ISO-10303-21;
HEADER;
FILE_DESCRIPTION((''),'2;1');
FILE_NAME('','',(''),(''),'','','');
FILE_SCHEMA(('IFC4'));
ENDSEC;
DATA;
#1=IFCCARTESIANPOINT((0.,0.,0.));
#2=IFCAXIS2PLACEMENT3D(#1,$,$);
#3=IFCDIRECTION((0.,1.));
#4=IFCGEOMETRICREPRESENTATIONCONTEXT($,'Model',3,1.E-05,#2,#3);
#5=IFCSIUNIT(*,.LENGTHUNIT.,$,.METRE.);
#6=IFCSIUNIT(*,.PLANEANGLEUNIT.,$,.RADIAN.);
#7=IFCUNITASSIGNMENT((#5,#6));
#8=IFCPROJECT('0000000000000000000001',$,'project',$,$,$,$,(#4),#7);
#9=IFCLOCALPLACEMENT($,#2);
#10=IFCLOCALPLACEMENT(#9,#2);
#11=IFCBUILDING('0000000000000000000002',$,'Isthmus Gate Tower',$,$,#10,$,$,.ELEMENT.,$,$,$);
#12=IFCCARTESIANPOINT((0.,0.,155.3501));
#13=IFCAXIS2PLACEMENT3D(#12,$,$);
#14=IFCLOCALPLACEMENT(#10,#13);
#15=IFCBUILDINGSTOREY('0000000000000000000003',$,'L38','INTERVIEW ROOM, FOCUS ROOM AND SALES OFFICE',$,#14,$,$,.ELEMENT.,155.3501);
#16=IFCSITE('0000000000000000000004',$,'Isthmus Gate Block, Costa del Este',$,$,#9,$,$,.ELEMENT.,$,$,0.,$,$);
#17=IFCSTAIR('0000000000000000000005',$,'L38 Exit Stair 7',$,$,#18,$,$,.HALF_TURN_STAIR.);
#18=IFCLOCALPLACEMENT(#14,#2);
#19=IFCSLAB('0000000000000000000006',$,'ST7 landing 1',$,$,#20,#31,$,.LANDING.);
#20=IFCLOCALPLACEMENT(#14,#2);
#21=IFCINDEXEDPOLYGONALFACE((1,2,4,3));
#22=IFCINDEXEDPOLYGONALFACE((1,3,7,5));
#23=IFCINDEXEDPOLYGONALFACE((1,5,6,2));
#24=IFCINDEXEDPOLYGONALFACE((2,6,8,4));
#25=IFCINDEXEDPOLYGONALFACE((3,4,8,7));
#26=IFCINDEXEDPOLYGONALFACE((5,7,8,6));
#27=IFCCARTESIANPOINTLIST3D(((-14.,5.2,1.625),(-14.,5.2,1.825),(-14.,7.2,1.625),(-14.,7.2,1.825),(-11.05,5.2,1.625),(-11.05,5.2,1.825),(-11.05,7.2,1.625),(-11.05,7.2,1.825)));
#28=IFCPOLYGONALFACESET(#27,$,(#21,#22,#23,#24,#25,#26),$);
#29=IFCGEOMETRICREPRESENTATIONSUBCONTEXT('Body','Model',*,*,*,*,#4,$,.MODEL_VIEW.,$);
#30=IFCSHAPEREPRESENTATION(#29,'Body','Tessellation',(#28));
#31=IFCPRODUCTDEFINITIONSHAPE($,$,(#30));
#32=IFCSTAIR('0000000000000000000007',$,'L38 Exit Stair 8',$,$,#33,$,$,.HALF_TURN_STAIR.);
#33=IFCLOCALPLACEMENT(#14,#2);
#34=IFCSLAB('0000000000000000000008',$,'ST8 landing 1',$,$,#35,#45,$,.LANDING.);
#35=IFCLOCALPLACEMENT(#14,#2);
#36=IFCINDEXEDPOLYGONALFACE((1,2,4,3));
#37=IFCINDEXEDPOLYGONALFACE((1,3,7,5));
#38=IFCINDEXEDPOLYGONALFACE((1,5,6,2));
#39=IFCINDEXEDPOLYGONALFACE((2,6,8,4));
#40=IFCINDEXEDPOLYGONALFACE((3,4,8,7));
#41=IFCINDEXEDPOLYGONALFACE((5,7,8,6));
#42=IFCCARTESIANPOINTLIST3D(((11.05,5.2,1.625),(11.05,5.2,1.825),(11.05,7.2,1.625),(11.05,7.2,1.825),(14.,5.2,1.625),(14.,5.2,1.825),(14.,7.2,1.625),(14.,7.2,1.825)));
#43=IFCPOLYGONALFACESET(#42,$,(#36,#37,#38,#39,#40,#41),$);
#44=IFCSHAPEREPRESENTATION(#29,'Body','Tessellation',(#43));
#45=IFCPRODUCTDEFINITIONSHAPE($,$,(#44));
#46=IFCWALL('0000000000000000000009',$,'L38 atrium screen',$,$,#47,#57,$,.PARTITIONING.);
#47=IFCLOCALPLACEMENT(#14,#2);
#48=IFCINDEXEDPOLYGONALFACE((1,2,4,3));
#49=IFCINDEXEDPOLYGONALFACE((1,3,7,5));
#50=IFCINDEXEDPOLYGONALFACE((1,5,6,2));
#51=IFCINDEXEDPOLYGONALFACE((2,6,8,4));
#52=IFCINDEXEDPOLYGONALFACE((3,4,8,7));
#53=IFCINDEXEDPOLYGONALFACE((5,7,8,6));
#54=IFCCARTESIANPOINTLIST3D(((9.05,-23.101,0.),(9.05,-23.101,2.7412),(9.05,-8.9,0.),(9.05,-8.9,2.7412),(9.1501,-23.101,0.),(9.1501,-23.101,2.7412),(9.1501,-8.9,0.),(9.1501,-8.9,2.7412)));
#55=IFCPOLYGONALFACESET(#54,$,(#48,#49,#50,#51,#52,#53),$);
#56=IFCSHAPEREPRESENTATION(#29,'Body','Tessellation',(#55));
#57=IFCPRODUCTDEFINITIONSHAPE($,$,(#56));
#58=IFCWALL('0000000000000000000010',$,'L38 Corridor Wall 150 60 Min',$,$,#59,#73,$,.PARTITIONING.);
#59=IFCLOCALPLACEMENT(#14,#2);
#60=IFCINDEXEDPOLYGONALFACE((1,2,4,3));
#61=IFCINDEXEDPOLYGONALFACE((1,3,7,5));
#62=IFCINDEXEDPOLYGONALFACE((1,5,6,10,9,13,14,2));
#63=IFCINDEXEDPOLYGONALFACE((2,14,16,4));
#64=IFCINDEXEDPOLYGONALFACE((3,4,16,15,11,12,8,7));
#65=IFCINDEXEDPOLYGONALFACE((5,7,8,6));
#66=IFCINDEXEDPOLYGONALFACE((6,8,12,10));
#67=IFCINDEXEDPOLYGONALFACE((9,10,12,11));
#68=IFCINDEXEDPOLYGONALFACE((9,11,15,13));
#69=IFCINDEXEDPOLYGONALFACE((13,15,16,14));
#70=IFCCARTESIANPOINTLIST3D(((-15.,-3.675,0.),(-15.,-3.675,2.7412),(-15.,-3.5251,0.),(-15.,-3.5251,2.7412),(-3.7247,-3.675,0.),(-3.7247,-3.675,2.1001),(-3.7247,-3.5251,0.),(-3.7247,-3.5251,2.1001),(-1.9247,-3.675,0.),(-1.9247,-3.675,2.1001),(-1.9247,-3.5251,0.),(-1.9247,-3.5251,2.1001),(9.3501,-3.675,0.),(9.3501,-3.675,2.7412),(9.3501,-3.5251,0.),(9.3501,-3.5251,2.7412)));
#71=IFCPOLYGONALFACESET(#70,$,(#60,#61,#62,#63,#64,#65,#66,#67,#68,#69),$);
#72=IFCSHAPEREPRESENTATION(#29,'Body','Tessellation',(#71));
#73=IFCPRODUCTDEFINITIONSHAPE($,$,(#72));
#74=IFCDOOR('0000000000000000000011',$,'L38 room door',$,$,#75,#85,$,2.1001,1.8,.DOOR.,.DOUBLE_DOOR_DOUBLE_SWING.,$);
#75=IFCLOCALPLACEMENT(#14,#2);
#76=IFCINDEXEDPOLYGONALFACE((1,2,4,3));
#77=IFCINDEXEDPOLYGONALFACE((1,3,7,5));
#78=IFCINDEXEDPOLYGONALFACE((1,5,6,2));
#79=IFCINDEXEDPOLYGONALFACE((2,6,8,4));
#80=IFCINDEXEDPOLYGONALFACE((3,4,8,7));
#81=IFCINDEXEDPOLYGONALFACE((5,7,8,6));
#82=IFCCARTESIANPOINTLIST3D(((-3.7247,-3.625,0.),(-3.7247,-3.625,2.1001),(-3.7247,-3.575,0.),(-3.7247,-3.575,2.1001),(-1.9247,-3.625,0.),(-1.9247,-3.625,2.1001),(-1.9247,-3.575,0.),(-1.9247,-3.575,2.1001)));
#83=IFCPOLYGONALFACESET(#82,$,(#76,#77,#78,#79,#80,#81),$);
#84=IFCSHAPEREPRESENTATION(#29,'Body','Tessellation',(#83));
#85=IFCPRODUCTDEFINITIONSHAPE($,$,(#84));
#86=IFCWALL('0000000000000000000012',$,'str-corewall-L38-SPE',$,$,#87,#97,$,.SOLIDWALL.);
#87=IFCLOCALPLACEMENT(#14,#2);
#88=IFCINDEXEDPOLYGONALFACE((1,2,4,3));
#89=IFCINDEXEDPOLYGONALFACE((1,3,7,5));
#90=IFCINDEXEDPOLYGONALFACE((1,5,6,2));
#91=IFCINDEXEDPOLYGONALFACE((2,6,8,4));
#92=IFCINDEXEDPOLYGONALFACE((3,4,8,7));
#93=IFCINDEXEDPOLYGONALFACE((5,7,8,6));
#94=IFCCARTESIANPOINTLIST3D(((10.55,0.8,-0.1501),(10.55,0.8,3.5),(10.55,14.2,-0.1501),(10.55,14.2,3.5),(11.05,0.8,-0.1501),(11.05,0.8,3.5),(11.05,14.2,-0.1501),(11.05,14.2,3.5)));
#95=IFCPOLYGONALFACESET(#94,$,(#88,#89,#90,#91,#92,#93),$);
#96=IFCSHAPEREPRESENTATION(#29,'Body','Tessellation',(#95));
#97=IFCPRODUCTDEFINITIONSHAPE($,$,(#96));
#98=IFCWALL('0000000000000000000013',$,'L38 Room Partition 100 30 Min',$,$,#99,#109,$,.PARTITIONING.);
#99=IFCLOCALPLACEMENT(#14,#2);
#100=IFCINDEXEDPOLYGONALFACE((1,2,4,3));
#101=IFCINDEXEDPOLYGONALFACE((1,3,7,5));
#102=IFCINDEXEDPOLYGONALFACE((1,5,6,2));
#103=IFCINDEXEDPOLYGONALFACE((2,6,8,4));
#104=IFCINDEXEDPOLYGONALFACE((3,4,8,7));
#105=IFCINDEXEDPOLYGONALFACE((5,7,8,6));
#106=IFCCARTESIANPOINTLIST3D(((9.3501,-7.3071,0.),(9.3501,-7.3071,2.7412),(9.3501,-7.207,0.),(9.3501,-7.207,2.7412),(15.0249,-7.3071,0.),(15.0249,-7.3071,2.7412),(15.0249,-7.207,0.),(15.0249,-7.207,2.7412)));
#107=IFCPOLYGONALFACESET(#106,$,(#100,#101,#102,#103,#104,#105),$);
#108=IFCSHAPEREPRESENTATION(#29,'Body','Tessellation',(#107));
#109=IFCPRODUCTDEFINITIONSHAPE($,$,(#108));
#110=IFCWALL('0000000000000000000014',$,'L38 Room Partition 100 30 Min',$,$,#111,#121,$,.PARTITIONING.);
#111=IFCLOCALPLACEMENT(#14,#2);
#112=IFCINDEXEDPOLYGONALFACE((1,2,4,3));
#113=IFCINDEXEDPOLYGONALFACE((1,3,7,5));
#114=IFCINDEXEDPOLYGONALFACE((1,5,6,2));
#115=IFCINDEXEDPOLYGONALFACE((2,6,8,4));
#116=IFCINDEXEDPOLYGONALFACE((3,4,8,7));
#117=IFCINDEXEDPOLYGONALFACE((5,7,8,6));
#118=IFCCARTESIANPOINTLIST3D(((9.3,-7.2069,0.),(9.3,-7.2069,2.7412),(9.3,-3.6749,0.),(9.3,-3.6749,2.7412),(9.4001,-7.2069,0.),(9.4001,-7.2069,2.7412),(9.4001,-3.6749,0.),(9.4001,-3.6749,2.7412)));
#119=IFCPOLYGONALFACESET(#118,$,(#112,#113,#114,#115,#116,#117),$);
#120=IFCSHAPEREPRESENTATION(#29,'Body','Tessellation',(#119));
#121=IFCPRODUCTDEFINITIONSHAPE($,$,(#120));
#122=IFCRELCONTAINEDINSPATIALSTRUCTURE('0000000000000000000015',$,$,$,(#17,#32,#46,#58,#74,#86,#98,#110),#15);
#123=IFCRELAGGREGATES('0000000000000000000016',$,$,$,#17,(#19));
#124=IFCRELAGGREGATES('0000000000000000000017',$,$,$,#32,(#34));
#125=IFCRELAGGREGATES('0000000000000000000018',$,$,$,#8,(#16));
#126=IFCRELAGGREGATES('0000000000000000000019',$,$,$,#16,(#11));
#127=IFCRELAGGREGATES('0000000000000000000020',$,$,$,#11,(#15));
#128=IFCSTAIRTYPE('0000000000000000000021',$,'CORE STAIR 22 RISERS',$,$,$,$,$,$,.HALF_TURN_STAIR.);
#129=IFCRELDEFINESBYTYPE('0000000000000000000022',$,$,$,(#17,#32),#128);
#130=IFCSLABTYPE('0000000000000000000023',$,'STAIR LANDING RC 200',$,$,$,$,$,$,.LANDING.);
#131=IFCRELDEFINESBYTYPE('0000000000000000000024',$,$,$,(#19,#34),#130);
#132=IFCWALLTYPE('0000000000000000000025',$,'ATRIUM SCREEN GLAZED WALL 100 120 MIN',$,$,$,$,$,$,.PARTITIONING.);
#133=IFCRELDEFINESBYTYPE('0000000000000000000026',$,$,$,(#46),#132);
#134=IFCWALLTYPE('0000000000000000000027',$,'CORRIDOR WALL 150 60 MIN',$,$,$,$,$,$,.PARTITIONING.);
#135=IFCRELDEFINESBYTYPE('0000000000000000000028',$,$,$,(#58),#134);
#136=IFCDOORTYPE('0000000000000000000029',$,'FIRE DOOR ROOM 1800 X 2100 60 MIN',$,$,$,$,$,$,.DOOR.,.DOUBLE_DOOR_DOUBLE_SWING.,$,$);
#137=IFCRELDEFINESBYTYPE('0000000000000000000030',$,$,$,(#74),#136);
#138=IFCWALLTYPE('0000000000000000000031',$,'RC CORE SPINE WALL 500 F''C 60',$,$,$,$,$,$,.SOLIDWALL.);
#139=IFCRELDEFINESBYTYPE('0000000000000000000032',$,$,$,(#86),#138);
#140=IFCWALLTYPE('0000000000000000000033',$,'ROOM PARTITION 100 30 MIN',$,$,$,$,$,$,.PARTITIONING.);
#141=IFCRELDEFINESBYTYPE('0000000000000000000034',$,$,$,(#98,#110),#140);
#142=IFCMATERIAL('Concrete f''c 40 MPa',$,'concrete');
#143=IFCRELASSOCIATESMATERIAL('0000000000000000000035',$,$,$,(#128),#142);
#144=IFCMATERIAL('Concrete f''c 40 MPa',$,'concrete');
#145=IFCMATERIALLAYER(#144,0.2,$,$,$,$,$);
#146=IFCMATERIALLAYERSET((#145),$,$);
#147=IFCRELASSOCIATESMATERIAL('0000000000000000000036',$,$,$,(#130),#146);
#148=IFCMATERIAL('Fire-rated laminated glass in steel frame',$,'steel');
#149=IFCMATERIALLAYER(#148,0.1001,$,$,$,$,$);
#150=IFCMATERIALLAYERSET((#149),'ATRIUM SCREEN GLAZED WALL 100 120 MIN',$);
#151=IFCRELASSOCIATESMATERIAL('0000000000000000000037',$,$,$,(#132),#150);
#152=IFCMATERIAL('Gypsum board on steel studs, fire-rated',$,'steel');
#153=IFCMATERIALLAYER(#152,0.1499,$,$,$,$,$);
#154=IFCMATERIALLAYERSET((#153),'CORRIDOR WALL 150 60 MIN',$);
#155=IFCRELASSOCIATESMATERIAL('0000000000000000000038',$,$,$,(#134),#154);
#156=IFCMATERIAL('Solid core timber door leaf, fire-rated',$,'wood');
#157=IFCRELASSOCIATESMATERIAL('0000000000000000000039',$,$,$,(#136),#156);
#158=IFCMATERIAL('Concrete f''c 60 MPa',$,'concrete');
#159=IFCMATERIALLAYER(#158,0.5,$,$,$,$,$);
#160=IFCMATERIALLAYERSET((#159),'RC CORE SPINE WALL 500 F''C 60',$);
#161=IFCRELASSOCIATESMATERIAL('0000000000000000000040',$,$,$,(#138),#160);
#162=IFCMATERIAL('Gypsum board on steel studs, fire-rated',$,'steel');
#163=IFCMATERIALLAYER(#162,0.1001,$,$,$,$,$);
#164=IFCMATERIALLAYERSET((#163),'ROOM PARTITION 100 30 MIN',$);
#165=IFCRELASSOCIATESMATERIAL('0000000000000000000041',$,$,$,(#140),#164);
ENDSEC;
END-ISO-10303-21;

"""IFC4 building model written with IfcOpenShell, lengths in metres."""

from ifc_helpers import new_model, si_unit, direction, frame, frame_2d, origin, place, context, subcontext, project, spatial, polyline, rectangle, outline, extrude, material, layer, layer_set, type_object, element, fill, aggregate, save


model = new_model("IFC4")

# Units and contexts
model_context = context("Model", 3, precision=1e-05, world=origin(), true_north=direction((0.0, 1.0)))
body_context = subcontext(model_context, "Body", "Model", "MODEL_VIEW")
ifc_project = project(units=[si_unit("LENGTHUNIT", "METRE"), si_unit("PLANEANGLEUNIT", "RADIAN")], contexts=[model_context])

# Site, building, storey
site_placement = place(None, origin())
site = spatial("IfcSite", under=ifc_project, at=site_placement, Name="Isthmus Gate Block, Costa del Este", CompositionType="ELEMENT", RefElevation=0.0)
building_placement = place(site_placement, origin())
building = spatial("IfcBuilding", under=site, at=building_placement, Name="Isthmus Gate Tower", CompositionType="ELEMENT")
storey_placement = place(building_placement, frame((0.0, 0.0, 155.3501)))
storey = spatial("IfcBuildingStorey", under=building, at=storey_placement, Name="L38", Description="INTERVIEW ROOM, FOCUS ROOM AND SALES OFFICE", CompositionType="ELEMENT", Elevation=155.3501)

# Stairs, slabs
ifc_material_1 = material(Name="Concrete f'c 40 MPa", Category="concrete")
stair_type = type_object("IfcStairType", Name="CORE STAIR 22 RISERS", PredefinedType="HALF_TURN_STAIR", material=ifc_material_1)
ifc_material_2 = material(Name="Concrete f'c 40 MPa", Category="concrete")
ifc_layer_1 = layer(ifc_material_2, 0.2)
ifc_layer_set_1 = layer_set([ifc_layer_1])
slab_type_1 = type_object("IfcSlabType", Name="STAIR LANDING RC 200", PredefinedType="LANDING", material=ifc_layer_set_1)
stair_1_placement = place(storey_placement, origin())
stair_1 = element("IfcStair", 1, at=stair_1_placement, inside=storey, type_object=stair_type, Name="L38 Exit Stair 7", PredefinedType="HALF_TURN_STAIR")
slab_1_placement = place(storey_placement, frame((0.0, 0.0, 1.625)))
slab_1 = element("IfcSlab", 2, at=slab_1_placement, type_object=slab_type_1, Name="ST7 landing 1", PredefinedType="LANDING", context=body_context, shape_type="SweptSolid", body=[
    extrude(outline(polyline([(-11.05, 5.2), (-11.05, 7.2), (-14.0, 7.2), (-14.0, 5.2), (-11.05, 5.2)])), origin(), (0.0, 0.0, 1.0), 0.2),
])
aggregate(stair_1, [slab_1])
stair_2_placement = place(storey_placement, origin())
stair_2 = element("IfcStair", 3, at=stair_2_placement, inside=storey, type_object=stair_type, Name="L38 Exit Stair 8", PredefinedType="HALF_TURN_STAIR")
slab_2_placement = place(storey_placement, frame((0.0, 0.0, 1.625)))
slab_2 = element("IfcSlab", 4, at=slab_2_placement, type_object=slab_type_1, Name="ST8 landing 1", PredefinedType="LANDING", context=body_context, shape_type="SweptSolid", body=[
    extrude(outline(polyline([(14.0, 5.2), (14.0, 7.2), (11.05, 7.2), (11.05, 5.2), (14.0, 5.2)])), origin(), (0.0, 0.0, 1.0), 0.2),
])
aggregate(stair_2, [slab_2])

# Wall
ifc_material_3 = material(Name="Fire-rated laminated glass in steel frame", Category="steel")
ifc_layer_2 = layer(ifc_material_3, 0.1001)
ifc_layer_set_2 = layer_set([ifc_layer_2], Name="ATRIUM SCREEN GLAZED WALL 100 120 MIN")
wall_type_1 = type_object("IfcWallType", Name="ATRIUM SCREEN GLAZED WALL 100 120 MIN", PredefinedType="PARTITIONING", material=ifc_layer_set_2)
wall_1_placement = place(storey_placement, frame((9.1001, -8.8999, 0.0), z_axis=(0.0, 0.0, 1.0), x_axis=(0.0, -1.0, 0.0)))
element("IfcWall", 5, at=wall_1_placement, inside=storey, type_object=wall_type_1, Name="L38 atrium screen", PredefinedType="PARTITIONING", context=body_context, shape_type="SweptSolid", body=[
    extrude(rectangle(XDim=14.2009, YDim=0.1001, at=frame_2d((7.1006, 0.0))), origin(), (0.0, 0.0, 1.0), 2.7412),
])

# Wall, opening, door
ifc_material_4 = material(Name="Gypsum board on steel studs, fire-rated", Category="steel")
ifc_layer_3 = layer(ifc_material_4, 0.1499)
ifc_layer_set_3 = layer_set([ifc_layer_3], Name="CORRIDOR WALL 150 60 MIN")
wall_type_2 = type_object("IfcWallType", Name="CORRIDOR WALL 150 60 MIN", PredefinedType="PARTITIONING", material=ifc_layer_set_3)
wall_2_placement = place(storey_placement, frame((9.3501, -3.6001, 0.0), z_axis=(0.0, 0.0, 1.0), x_axis=(-1.0, 0.0, 0.0)))
wall_2 = element("IfcWall", 6, at=wall_2_placement, inside=storey, type_object=wall_type_2, Name="L38 Corridor Wall 150 60 Min", PredefinedType="PARTITIONING", context=body_context, shape_type="SweptSolid", body=[
    extrude(rectangle(XDim=24.3501, YDim=0.1499, at=frame_2d((12.175, 0.0))), origin(), (0.0, 0.0, 1.0), 2.7412),
])
opening_placement = place(wall_2_placement, frame((11.2749, 0.0, 0.0)))
opening = element("IfcOpeningElement", 7, at=opening_placement, cuts=wall_2, PredefinedType="OPENING", context=body_context, shape_type="SweptSolid", body=[
    extrude(rectangle(XDim=1.8, YDim=2.1001, at=frame_2d((0.8999, 1.05))), frame((0.0, 0.085, 0.0), z_axis=(0.0, -1.0, 0.0), x_axis=(1.0, 0.0, 0.0)), (0.0, 0.0, 1.0), 0.1699),
])
ifc_material_5 = material(Name="Solid core timber door leaf, fire-rated", Category="wood")
door_type = type_object("IfcDoorType", Name="FIRE DOOR ROOM 1800 X 2100 60 MIN", OperationType="DOUBLE_DOOR_DOUBLE_SWING", PredefinedType="DOOR", material=ifc_material_5)
door_placement = place(opening_placement, origin())
door = element("IfcDoor", 8, at=door_placement, inside=storey, type_object=door_type, Name="L38 room door", OperationType="DOUBLE_DOOR_DOUBLE_SWING", OverallHeight=2.1001, OverallWidth=1.8, PredefinedType="DOOR", context=body_context, shape_type="SweptSolid", body=[
    extrude(rectangle(XDim=1.8, YDim=2.1001, at=frame_2d((0.8999, 1.05))), frame((0.0, 0.0249, 0.0), z_axis=(0.0, -1.0, 0.0), x_axis=(1.0, 0.0, 0.0)), (0.0, 0.0, 1.0), 0.05),
])
fill(opening, door)

# Walls
ifc_material_6 = material(Name="Concrete f'c 60 MPa", Category="concrete")
ifc_layer_4 = layer(ifc_material_6, 0.5)
ifc_layer_set_4 = layer_set([ifc_layer_4], Name="RC CORE SPINE WALL 500 F'C 60")
wall_type_3 = type_object("IfcWallType", Name="RC CORE SPINE WALL 500 F'C 60", PredefinedType="SOLIDWALL", material=ifc_layer_set_4)
wall_3_placement = place(storey_placement, frame((10.8, 0.8, -0.1501), z_axis=(0.0, 0.0, 1.0), x_axis=(0.0, 1.0, 0.0)))
element("IfcWall", 9, at=wall_3_placement, inside=storey, type_object=wall_type_3, Name="str-corewall-L38-SPE", PredefinedType="SOLIDWALL", context=body_context, shape_type="SweptSolid", body=[
    extrude(rectangle(XDim=13.3999, YDim=0.5, at=frame_2d((6.7, 0.0))), origin(), (0.0, 0.0, 1.0), 3.6501),
])
ifc_material_7 = material(Name="Gypsum board on steel studs, fire-rated", Category="steel")
ifc_layer_5 = layer(ifc_material_7, 0.1001)
ifc_layer_set_5 = layer_set([ifc_layer_5], Name="ROOM PARTITION 100 30 MIN")
wall_type_4 = type_object("IfcWallType", Name="ROOM PARTITION 100 30 MIN", PredefinedType="PARTITIONING", material=ifc_layer_set_5)
wall_4_placement = place(storey_placement, frame((9.3501, -7.2571, 0.0), z_axis=(0.0, 0.0, 1.0), x_axis=(1.0, 0.0, 0.0)))
element("IfcWall", 10, at=wall_4_placement, inside=storey, type_object=wall_type_4, Name="L38 Room Partition 100 30 Min", PredefinedType="PARTITIONING", context=body_context, shape_type="SweptSolid", body=[
    extrude(rectangle(XDim=5.6748, YDim=0.1001, at=frame_2d((2.8374, 0.0))), origin(), (0.0, 0.0, 1.0), 2.7412),
])
wall_5_placement = place(storey_placement, frame((9.3501, -7.207, 0.0), z_axis=(0.0, 0.0, 1.0), x_axis=(0.0, 1.0, 0.0)))
element("IfcWall", 11, at=wall_5_placement, inside=storey, type_object=wall_type_4, Name="L38 Room Partition 100 30 Min", PredefinedType="PARTITIONING", context=body_context, shape_type="SweptSolid", body=[
    extrude(rectangle(XDim=3.532, YDim=0.1001, at=frame_2d((1.7661, 0.0))), origin(), (0.0, 0.0, 1.0), 2.7412),
])

save(model, "model.ifc")
